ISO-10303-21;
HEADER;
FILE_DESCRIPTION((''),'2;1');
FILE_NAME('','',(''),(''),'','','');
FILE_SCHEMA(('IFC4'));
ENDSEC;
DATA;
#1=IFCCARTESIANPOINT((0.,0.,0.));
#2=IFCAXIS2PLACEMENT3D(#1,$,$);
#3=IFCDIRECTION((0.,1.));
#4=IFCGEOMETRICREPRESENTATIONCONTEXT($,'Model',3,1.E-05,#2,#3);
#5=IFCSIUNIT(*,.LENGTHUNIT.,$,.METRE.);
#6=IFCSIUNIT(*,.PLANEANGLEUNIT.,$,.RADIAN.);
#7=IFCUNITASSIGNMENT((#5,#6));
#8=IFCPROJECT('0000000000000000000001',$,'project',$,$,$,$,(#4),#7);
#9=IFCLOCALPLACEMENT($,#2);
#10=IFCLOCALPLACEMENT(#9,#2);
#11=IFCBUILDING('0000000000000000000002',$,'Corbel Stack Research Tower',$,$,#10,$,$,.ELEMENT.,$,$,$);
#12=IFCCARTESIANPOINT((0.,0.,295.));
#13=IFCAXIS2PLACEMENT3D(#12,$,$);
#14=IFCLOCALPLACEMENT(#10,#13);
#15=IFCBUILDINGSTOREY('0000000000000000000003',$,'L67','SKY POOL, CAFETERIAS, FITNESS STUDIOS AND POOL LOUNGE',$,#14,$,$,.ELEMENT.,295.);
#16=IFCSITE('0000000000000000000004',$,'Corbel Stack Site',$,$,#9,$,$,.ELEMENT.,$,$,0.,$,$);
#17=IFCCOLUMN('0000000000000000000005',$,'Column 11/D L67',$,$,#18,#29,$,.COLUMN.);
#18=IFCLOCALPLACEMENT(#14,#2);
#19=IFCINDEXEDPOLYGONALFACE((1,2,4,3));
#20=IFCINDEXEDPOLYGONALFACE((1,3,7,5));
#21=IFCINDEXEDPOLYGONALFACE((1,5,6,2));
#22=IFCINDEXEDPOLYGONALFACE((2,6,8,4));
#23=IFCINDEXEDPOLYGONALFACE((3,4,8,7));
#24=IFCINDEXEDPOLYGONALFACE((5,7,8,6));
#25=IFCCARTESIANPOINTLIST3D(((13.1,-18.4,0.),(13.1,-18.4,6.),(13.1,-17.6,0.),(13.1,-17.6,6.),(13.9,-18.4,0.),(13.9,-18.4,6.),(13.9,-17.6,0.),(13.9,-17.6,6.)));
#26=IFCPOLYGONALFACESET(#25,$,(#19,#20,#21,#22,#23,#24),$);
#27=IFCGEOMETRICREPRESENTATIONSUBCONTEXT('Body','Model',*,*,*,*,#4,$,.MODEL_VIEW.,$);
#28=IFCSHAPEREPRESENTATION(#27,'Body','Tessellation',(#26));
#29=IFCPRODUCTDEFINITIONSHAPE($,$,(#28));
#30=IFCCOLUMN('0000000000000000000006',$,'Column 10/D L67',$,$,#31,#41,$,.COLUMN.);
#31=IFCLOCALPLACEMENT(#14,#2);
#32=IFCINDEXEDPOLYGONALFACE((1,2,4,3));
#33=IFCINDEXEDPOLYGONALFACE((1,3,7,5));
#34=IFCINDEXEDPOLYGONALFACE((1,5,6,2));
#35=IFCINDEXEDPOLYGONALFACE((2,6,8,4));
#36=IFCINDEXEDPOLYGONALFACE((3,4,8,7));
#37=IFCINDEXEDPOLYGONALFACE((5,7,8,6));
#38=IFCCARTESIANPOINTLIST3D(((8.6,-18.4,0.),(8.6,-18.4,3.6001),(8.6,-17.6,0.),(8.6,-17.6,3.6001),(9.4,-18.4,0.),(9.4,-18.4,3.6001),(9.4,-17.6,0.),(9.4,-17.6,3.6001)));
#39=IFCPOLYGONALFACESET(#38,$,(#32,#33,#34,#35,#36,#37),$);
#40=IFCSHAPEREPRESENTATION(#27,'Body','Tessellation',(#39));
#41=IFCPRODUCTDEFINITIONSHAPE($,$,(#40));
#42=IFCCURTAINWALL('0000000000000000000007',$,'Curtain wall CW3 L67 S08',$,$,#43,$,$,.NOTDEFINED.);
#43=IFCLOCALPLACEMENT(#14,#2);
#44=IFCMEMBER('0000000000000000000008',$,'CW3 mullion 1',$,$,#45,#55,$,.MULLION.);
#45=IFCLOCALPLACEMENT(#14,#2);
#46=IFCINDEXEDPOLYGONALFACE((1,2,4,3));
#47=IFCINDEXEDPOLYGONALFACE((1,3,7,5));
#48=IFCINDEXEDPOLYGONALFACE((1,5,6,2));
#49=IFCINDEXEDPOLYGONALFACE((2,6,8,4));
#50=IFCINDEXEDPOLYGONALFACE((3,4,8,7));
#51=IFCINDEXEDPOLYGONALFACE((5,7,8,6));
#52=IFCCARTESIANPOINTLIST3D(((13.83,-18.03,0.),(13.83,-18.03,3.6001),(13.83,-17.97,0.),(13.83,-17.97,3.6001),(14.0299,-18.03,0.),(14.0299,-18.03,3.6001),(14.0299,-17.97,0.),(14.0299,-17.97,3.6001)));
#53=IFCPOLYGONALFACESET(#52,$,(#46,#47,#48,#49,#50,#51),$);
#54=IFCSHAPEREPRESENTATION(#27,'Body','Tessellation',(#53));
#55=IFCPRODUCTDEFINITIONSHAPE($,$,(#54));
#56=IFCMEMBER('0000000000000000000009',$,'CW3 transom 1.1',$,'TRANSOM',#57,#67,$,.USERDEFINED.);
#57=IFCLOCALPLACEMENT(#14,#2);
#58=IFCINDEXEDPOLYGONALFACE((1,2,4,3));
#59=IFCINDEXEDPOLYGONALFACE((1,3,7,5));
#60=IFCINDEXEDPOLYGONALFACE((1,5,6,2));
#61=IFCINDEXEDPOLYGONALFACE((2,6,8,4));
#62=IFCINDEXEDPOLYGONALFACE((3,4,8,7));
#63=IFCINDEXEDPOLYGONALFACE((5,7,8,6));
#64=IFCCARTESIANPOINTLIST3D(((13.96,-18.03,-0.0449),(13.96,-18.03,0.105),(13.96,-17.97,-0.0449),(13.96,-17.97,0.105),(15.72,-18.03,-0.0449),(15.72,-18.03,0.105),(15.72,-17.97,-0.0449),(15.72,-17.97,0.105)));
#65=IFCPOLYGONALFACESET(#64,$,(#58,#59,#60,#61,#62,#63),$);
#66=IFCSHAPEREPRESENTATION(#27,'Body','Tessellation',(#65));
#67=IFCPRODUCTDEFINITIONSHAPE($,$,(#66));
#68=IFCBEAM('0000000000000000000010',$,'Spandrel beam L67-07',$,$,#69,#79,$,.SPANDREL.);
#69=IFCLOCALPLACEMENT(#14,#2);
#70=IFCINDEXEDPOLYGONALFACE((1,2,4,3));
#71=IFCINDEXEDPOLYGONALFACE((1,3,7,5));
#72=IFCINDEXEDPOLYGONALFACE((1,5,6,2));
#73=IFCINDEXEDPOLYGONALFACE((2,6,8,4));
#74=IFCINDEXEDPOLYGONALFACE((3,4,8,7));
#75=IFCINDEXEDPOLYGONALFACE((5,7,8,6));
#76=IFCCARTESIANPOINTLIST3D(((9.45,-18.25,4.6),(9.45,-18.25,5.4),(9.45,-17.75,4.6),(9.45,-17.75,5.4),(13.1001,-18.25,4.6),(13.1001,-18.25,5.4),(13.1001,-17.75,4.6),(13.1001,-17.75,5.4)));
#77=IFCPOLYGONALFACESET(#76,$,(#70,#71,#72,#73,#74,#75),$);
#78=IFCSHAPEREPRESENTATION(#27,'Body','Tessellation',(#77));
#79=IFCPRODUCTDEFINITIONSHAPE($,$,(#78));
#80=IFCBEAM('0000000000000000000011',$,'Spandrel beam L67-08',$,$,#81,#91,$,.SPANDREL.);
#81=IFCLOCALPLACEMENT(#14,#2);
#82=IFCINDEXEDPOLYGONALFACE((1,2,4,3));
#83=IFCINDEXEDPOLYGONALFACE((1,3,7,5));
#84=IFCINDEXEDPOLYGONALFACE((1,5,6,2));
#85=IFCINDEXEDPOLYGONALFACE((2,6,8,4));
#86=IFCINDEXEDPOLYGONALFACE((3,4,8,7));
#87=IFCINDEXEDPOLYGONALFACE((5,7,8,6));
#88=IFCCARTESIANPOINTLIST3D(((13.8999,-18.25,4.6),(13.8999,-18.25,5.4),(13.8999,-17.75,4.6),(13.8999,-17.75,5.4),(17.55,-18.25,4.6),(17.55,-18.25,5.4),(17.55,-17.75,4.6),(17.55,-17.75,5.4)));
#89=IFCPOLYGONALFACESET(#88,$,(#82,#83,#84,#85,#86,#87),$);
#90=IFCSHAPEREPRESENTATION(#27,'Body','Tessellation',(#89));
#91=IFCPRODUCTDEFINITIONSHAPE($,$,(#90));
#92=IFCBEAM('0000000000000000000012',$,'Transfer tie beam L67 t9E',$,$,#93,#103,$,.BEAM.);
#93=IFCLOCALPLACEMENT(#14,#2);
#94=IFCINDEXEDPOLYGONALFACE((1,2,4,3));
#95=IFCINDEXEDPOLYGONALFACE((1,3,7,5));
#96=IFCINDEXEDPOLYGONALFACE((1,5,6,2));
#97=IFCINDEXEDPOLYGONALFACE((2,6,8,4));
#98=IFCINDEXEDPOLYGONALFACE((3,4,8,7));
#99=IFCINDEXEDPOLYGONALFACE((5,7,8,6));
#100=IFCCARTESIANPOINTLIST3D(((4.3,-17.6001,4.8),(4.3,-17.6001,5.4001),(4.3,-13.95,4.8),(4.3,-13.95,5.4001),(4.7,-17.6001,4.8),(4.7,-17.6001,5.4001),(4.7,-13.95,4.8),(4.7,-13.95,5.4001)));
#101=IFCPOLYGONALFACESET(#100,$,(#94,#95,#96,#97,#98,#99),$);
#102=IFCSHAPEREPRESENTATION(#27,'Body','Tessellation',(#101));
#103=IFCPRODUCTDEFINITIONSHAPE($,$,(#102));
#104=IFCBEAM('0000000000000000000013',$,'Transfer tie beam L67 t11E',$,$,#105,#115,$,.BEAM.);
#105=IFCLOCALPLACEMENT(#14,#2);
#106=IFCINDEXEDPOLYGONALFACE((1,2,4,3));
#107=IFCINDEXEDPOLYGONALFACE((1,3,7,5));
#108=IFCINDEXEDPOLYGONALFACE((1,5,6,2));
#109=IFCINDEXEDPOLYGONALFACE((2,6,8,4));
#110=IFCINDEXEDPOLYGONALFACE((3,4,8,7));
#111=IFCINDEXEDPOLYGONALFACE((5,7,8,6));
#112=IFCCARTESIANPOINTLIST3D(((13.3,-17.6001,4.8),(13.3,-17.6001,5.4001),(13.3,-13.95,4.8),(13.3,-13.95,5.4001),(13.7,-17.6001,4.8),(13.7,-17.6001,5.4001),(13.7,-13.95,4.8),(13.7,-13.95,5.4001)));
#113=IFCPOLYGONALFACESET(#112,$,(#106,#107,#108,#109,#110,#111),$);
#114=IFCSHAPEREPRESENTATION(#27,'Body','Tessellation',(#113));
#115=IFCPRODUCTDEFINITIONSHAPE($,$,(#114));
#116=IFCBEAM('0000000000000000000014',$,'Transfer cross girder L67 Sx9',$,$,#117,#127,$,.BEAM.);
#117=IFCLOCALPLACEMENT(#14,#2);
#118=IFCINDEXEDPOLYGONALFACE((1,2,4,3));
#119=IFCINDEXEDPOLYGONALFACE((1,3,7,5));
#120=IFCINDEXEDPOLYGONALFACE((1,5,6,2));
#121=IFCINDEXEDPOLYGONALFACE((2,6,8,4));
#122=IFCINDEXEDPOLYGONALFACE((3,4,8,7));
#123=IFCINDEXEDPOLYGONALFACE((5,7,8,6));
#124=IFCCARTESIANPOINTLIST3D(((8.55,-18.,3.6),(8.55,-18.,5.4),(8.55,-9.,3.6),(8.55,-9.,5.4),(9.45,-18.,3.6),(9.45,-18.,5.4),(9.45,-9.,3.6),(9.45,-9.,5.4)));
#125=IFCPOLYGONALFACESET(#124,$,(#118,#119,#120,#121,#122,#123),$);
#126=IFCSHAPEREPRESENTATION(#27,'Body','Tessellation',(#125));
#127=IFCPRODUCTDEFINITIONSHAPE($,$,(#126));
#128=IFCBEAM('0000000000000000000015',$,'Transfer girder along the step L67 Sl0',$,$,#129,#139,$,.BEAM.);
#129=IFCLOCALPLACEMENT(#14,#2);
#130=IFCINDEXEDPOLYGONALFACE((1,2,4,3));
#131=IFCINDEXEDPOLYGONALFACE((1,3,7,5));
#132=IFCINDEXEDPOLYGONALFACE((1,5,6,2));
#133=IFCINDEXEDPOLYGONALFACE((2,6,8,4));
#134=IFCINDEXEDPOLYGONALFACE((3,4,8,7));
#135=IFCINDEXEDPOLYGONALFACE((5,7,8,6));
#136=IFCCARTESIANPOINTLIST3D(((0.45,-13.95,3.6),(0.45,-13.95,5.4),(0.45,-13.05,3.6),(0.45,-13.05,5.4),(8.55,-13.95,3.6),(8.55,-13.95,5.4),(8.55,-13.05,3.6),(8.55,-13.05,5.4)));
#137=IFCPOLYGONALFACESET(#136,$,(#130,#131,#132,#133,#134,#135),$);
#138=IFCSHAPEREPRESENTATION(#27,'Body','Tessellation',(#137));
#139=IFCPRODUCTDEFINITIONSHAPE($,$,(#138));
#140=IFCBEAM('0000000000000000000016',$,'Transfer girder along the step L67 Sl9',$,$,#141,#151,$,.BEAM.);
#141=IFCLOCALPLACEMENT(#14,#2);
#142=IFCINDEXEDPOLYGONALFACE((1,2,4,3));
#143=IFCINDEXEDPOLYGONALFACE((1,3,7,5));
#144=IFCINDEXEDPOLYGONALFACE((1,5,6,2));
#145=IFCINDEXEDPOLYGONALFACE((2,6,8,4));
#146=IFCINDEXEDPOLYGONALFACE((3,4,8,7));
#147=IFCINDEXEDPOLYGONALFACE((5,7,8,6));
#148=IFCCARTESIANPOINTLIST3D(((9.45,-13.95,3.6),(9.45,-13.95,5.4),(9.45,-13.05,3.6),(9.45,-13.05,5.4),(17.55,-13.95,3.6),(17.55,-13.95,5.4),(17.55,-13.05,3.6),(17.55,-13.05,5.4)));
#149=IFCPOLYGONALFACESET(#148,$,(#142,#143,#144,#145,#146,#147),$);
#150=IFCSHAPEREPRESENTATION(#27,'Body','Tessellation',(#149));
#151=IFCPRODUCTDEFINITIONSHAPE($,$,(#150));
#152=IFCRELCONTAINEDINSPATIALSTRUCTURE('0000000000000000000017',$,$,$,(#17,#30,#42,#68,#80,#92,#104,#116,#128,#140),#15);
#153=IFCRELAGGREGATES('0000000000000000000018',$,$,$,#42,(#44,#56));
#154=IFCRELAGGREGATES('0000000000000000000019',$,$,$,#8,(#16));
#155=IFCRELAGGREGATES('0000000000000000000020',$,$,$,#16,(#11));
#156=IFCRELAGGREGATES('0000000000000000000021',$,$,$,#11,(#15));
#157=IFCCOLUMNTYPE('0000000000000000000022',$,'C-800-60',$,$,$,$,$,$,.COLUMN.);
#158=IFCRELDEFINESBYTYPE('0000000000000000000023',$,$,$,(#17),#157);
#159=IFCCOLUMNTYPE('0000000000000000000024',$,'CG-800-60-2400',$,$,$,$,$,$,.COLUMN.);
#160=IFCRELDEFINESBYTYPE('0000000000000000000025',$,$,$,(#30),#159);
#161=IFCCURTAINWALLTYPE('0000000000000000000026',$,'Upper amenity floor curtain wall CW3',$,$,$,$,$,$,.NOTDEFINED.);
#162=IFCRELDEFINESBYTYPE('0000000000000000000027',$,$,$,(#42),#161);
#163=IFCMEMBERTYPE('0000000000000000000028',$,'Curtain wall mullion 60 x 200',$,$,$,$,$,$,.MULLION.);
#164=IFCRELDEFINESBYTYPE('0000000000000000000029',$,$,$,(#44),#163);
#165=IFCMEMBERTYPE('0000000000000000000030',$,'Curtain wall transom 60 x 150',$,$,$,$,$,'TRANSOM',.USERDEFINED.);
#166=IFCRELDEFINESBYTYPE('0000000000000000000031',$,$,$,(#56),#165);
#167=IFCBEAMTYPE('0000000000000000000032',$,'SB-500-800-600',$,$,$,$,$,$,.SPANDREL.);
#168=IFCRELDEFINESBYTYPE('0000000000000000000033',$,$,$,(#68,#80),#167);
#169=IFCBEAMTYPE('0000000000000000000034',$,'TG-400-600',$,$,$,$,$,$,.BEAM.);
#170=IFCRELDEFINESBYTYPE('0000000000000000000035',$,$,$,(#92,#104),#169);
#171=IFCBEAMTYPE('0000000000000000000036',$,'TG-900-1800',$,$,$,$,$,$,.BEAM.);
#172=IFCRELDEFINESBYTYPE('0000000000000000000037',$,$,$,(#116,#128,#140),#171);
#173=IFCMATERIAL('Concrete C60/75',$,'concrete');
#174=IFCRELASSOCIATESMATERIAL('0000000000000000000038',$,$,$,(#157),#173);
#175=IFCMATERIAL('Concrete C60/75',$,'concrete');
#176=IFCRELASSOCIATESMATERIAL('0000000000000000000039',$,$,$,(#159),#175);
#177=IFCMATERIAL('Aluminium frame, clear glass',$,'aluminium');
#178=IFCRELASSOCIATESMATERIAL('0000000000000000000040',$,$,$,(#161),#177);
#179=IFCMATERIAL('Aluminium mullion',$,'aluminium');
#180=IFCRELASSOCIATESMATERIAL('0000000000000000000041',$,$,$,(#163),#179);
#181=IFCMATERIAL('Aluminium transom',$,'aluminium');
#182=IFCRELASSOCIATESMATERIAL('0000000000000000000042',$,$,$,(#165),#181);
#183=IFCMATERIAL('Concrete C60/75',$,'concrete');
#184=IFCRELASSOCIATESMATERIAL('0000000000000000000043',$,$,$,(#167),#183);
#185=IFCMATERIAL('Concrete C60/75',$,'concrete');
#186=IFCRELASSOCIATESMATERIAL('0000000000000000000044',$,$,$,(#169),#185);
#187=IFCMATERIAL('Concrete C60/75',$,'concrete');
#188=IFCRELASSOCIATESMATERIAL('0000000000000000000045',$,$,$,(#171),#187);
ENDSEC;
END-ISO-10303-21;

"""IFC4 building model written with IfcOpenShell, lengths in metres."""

from ifc_helpers import new_model, si_unit, direction, frame, origin, origin_2d, place, context, subcontext, project, spatial, rectangle, extrude, material, material_profile, profile_set, type_object, element, aggregate, save


model = new_model("IFC4")

# Units and contexts
model_context = context("Model", 3, precision=1e-05, world=origin(), true_north=direction((0.0, 1.0)))
body_context = subcontext(model_context, "Body", "Model", "MODEL_VIEW")
ifc_project = project(units=[si_unit("LENGTHUNIT", "METRE"), si_unit("PLANEANGLEUNIT", "RADIAN")], contexts=[model_context])

# Site, building, storey
site_placement = place(None, origin())
site = spatial("IfcSite", under=ifc_project, at=site_placement, Name="Corbel Stack Site", CompositionType="ELEMENT", RefElevation=0.0)
building_placement = place(site_placement, origin())
building = spatial("IfcBuilding", under=site, at=building_placement, Name="Corbel Stack Research Tower", CompositionType="ELEMENT")
storey_placement = place(building_placement, frame((0.0, 0.0, 295.0)))
storey = spatial("IfcBuildingStorey", under=building, at=storey_placement, Name="L67", Description="SKY POOL, CAFETERIAS, FITNESS STUDIOS AND POOL LOUNGE", CompositionType="ELEMENT", Elevation=295.0)

# Columns
ifc_material_1 = material(Name="Concrete C60/75", Category="concrete")
ifc_material_profile_1 = material_profile(ifc_material_1, rectangle(XDim=0.8, YDim=0.8, at=origin_2d()), Name="RC 800 x 800")
ifc_profile_set_1 = profile_set([ifc_material_profile_1], Name="Concrete C60/75")
column_type_1 = type_object("IfcColumnType", Name="C-800-60", PredefinedType="COLUMN", material=ifc_profile_set_1)
column_1_placement = place(storey_placement, frame((13.5, -18.0, 0.0), z_axis=(0.0, 0.0, 1.0), x_axis=(1.0, 0.0, 0.0)))
element("IfcColumn", 1, at=column_1_placement, inside=storey, type_object=column_type_1, Name="Column 11/D L67", PredefinedType="COLUMN", context=body_context, shape_type="SweptSolid", body=[
    extrude(rectangle(XDim=0.8, YDim=0.8, at=origin_2d()), origin(), (0.0, 0.0, 1.0), 6.0),
])
ifc_material_2 = material(Name="Concrete C60/75", Category="concrete")
ifc_material_profile_2 = material_profile(ifc_material_2, rectangle(XDim=0.8, YDim=0.8, at=origin_2d()), Name="RC 800 x 800")
ifc_profile_set_2 = profile_set([ifc_material_profile_2], Name="Concrete C60/75")
column_type_2 = type_object("IfcColumnType", Name="CG-800-60-2400", PredefinedType="COLUMN", material=ifc_profile_set_2)
column_2_placement = place(storey_placement, frame((9.0, -18.0, 0.0), z_axis=(0.0, 0.0, 1.0), x_axis=(1.0, 0.0, 0.0)))
element("IfcColumn", 2, at=column_2_placement, inside=storey, type_object=column_type_2, Name="Column 10/D L67", PredefinedType="COLUMN", context=body_context, shape_type="SweptSolid", body=[
    extrude(rectangle(XDim=0.8, YDim=0.8, at=origin_2d()), origin(), (0.0, 0.0, 1.0), 3.6001),
])

# Curtain wall, members
ifc_material_3 = material(Name="Aluminium frame, clear glass", Category="aluminium")
curtain_wall_type = type_object("IfcCurtainWallType", Name="Upper amenity floor curtain wall CW3", PredefinedType="NOTDEFINED", material=ifc_material_3)
curtain_wall_placement = place(storey_placement, origin())
curtain_wall = element("IfcCurtainWall", 3, at=curtain_wall_placement, inside=storey, type_object=curtain_wall_type, Name="Curtain wall CW3 L67 S08", PredefinedType="NOTDEFINED")
ifc_material_4 = material(Name="Aluminium mullion", Category="aluminium")
ifc_material_profile_3 = material_profile(ifc_material_4, rectangle(XDim=0.0601, YDim=0.2, at=origin_2d()), Name="Mullion 60 x 200")
ifc_profile_set_3 = profile_set([ifc_material_profile_3], Name="Aluminium mullion")
member_type_1 = type_object("IfcMemberType", Name="Curtain wall mullion 60 x 200", PredefinedType="MULLION", material=ifc_profile_set_3)
member_1_placement = place(storey_placement, frame((13.9299, -18.0, 0.0), z_axis=(0.0, 0.0, 1.0), x_axis=(0.0, 1.0, 0.0)))
member_1 = element("IfcMember", 4, at=member_1_placement, type_object=member_type_1, Name="CW3 mullion 1", PredefinedType="MULLION", context=body_context, shape_type="SweptSolid", body=[
    extrude(rectangle(XDim=0.0601, YDim=0.2, at=origin_2d()), origin(), (0.0, 0.0, 1.0), 3.6001),
])
ifc_material_5 = material(Name="Aluminium transom", Category="aluminium")
ifc_material_profile_4 = material_profile(ifc_material_5, rectangle(XDim=0.0601, YDim=0.1499, at=origin_2d()), Name="Transom 60 x 150")
ifc_profile_set_4 = profile_set([ifc_material_profile_4], Name="Aluminium transom")
member_type_2 = type_object("IfcMemberType", Name="Curtain wall transom 60 x 150", ElementType="TRANSOM", PredefinedType="USERDEFINED", material=ifc_profile_set_4)
member_2_placement = place(storey_placement, frame((13.96, -18.0, 0.03), z_axis=(1.0, 0.0, 0.0), x_axis=(0.0, 1.0, 0.0)))
member_2 = element("IfcMember", 5, at=member_2_placement, type_object=member_type_2, Name="CW3 transom 1.1", ObjectType="TRANSOM", PredefinedType="USERDEFINED", context=body_context, shape_type="SweptSolid", body=[
    extrude(rectangle(XDim=0.0601, YDim=0.1499, at=origin_2d()), origin(), (0.0, 0.0, 1.0), 1.76),
])
aggregate(curtain_wall, [member_1, member_2])

# Beams
ifc_material_6 = material(Name="Concrete C60/75", Category="concrete")
ifc_material_profile_5 = material_profile(ifc_material_6, rectangle(XDim=0.5, YDim=0.8, at=origin_2d()), Name="RC 500 x 800")
ifc_profile_set_5 = profile_set([ifc_material_profile_5], Name="Concrete C60/75")
beam_type_1 = type_object("IfcBeamType", Name="SB-500-800-600", PredefinedType="SPANDREL", material=ifc_profile_set_5)
for number, where, z_axis, x_axis, name in (
    (6, (9.45, -18.0, 5.0), (1.0, 0.0, 0.0), (0.0, 1.0, 0.0), "Spandrel beam L67-07"),
    (7, (13.8999, -18.0, 5.0), (1.0, 0.0, 0.0), (0.0, 1.0, 0.0), "Spandrel beam L67-08"),
):
    element("IfcBeam", number, at=place(storey_placement, frame(where, z_axis=z_axis, x_axis=x_axis)), inside=storey, type_object=beam_type_1, Name=name, PredefinedType="SPANDREL", context=body_context, shape_type="SweptSolid", body=[
        extrude(rectangle(XDim=0.5, YDim=0.8, at=origin_2d()), origin(), (0.0, 0.0, 1.0), 3.6501),
    ])
ifc_material_7 = material(Name="Concrete C60/75", Category="concrete")
ifc_material_profile_6 = material_profile(ifc_material_7, rectangle(XDim=0.3999, YDim=0.6001, at=origin_2d()), Name="RC 400 x 600")
ifc_profile_set_6 = profile_set([ifc_material_profile_6], Name="Concrete C60/75")
beam_type_2 = type_object("IfcBeamType", Name="TG-400-600", PredefinedType="BEAM", material=ifc_profile_set_6)
for number, where, z_axis, x_axis, name in (
    (8, (4.5, -13.95, 5.1001), (0.0, -1.0, 0.0), (1.0, 0.0, 0.0), "Transfer tie beam L67 t9E"),
    (9, (13.5, -13.95, 5.1001), (0.0, -1.0, 0.0), (1.0, 0.0, 0.0), "Transfer tie beam L67 t11E"),
):
    element("IfcBeam", number, at=place(storey_placement, frame(where, z_axis=z_axis, x_axis=x_axis)), inside=storey, type_object=beam_type_2, Name=name, PredefinedType="BEAM", context=body_context, shape_type="SweptSolid", body=[
        extrude(rectangle(XDim=0.3999, YDim=0.6001, at=origin_2d()), origin(), (0.0, 0.0, 1.0), 3.6501),
    ])
ifc_material_8 = material(Name="Concrete C60/75", Category="concrete")
ifc_material_profile_7 = material_profile(ifc_material_8, rectangle(XDim=0.8999, YDim=1.8, at=origin_2d()), Name="RC 900 x 1800")
ifc_profile_set_7 = profile_set([ifc_material_profile_7], Name="Concrete C60/75")
beam_type_3 = type_object("IfcBeamType", Name="TG-900-1800", PredefinedType="BEAM", material=ifc_profile_set_7)
beam_placement = place(storey_placement, frame((9.0, -18.0, 4.5), z_axis=(0.0, 1.0, 0.0), x_axis=(-1.0, 0.0, 0.0)))
element("IfcBeam", 10, at=beam_placement, inside=storey, type_object=beam_type_3, Name="Transfer cross girder L67 Sx9", PredefinedType="BEAM", context=body_context, shape_type="SweptSolid", body=[
    extrude(rectangle(XDim=0.8999, YDim=1.8, at=origin_2d()), origin(), (0.0, 0.0, 1.0), 9.0),
])
for number, where, z_axis, x_axis, name in (
    (11, (0.45, -13.5, 4.5), (1.0, 0.0, 0.0), (0.0, 1.0, 0.0), "Transfer girder along the step L67 Sl0"),
    (12, (9.45, -13.5, 4.5), (1.0, 0.0, 0.0), (0.0, 1.0, 0.0), "Transfer girder along the step L67 Sl9"),
):
    element("IfcBeam", number, at=place(storey_placement, frame(where, z_axis=z_axis, x_axis=x_axis)), inside=storey, type_object=beam_type_3, Name=name, PredefinedType="BEAM", context=body_context, shape_type="SweptSolid", body=[
        extrude(rectangle(XDim=0.8999, YDim=1.8, at=origin_2d()), origin(), (0.0, 0.0, 1.0), 8.1001),
    ])

save(model, "model.ifc")
